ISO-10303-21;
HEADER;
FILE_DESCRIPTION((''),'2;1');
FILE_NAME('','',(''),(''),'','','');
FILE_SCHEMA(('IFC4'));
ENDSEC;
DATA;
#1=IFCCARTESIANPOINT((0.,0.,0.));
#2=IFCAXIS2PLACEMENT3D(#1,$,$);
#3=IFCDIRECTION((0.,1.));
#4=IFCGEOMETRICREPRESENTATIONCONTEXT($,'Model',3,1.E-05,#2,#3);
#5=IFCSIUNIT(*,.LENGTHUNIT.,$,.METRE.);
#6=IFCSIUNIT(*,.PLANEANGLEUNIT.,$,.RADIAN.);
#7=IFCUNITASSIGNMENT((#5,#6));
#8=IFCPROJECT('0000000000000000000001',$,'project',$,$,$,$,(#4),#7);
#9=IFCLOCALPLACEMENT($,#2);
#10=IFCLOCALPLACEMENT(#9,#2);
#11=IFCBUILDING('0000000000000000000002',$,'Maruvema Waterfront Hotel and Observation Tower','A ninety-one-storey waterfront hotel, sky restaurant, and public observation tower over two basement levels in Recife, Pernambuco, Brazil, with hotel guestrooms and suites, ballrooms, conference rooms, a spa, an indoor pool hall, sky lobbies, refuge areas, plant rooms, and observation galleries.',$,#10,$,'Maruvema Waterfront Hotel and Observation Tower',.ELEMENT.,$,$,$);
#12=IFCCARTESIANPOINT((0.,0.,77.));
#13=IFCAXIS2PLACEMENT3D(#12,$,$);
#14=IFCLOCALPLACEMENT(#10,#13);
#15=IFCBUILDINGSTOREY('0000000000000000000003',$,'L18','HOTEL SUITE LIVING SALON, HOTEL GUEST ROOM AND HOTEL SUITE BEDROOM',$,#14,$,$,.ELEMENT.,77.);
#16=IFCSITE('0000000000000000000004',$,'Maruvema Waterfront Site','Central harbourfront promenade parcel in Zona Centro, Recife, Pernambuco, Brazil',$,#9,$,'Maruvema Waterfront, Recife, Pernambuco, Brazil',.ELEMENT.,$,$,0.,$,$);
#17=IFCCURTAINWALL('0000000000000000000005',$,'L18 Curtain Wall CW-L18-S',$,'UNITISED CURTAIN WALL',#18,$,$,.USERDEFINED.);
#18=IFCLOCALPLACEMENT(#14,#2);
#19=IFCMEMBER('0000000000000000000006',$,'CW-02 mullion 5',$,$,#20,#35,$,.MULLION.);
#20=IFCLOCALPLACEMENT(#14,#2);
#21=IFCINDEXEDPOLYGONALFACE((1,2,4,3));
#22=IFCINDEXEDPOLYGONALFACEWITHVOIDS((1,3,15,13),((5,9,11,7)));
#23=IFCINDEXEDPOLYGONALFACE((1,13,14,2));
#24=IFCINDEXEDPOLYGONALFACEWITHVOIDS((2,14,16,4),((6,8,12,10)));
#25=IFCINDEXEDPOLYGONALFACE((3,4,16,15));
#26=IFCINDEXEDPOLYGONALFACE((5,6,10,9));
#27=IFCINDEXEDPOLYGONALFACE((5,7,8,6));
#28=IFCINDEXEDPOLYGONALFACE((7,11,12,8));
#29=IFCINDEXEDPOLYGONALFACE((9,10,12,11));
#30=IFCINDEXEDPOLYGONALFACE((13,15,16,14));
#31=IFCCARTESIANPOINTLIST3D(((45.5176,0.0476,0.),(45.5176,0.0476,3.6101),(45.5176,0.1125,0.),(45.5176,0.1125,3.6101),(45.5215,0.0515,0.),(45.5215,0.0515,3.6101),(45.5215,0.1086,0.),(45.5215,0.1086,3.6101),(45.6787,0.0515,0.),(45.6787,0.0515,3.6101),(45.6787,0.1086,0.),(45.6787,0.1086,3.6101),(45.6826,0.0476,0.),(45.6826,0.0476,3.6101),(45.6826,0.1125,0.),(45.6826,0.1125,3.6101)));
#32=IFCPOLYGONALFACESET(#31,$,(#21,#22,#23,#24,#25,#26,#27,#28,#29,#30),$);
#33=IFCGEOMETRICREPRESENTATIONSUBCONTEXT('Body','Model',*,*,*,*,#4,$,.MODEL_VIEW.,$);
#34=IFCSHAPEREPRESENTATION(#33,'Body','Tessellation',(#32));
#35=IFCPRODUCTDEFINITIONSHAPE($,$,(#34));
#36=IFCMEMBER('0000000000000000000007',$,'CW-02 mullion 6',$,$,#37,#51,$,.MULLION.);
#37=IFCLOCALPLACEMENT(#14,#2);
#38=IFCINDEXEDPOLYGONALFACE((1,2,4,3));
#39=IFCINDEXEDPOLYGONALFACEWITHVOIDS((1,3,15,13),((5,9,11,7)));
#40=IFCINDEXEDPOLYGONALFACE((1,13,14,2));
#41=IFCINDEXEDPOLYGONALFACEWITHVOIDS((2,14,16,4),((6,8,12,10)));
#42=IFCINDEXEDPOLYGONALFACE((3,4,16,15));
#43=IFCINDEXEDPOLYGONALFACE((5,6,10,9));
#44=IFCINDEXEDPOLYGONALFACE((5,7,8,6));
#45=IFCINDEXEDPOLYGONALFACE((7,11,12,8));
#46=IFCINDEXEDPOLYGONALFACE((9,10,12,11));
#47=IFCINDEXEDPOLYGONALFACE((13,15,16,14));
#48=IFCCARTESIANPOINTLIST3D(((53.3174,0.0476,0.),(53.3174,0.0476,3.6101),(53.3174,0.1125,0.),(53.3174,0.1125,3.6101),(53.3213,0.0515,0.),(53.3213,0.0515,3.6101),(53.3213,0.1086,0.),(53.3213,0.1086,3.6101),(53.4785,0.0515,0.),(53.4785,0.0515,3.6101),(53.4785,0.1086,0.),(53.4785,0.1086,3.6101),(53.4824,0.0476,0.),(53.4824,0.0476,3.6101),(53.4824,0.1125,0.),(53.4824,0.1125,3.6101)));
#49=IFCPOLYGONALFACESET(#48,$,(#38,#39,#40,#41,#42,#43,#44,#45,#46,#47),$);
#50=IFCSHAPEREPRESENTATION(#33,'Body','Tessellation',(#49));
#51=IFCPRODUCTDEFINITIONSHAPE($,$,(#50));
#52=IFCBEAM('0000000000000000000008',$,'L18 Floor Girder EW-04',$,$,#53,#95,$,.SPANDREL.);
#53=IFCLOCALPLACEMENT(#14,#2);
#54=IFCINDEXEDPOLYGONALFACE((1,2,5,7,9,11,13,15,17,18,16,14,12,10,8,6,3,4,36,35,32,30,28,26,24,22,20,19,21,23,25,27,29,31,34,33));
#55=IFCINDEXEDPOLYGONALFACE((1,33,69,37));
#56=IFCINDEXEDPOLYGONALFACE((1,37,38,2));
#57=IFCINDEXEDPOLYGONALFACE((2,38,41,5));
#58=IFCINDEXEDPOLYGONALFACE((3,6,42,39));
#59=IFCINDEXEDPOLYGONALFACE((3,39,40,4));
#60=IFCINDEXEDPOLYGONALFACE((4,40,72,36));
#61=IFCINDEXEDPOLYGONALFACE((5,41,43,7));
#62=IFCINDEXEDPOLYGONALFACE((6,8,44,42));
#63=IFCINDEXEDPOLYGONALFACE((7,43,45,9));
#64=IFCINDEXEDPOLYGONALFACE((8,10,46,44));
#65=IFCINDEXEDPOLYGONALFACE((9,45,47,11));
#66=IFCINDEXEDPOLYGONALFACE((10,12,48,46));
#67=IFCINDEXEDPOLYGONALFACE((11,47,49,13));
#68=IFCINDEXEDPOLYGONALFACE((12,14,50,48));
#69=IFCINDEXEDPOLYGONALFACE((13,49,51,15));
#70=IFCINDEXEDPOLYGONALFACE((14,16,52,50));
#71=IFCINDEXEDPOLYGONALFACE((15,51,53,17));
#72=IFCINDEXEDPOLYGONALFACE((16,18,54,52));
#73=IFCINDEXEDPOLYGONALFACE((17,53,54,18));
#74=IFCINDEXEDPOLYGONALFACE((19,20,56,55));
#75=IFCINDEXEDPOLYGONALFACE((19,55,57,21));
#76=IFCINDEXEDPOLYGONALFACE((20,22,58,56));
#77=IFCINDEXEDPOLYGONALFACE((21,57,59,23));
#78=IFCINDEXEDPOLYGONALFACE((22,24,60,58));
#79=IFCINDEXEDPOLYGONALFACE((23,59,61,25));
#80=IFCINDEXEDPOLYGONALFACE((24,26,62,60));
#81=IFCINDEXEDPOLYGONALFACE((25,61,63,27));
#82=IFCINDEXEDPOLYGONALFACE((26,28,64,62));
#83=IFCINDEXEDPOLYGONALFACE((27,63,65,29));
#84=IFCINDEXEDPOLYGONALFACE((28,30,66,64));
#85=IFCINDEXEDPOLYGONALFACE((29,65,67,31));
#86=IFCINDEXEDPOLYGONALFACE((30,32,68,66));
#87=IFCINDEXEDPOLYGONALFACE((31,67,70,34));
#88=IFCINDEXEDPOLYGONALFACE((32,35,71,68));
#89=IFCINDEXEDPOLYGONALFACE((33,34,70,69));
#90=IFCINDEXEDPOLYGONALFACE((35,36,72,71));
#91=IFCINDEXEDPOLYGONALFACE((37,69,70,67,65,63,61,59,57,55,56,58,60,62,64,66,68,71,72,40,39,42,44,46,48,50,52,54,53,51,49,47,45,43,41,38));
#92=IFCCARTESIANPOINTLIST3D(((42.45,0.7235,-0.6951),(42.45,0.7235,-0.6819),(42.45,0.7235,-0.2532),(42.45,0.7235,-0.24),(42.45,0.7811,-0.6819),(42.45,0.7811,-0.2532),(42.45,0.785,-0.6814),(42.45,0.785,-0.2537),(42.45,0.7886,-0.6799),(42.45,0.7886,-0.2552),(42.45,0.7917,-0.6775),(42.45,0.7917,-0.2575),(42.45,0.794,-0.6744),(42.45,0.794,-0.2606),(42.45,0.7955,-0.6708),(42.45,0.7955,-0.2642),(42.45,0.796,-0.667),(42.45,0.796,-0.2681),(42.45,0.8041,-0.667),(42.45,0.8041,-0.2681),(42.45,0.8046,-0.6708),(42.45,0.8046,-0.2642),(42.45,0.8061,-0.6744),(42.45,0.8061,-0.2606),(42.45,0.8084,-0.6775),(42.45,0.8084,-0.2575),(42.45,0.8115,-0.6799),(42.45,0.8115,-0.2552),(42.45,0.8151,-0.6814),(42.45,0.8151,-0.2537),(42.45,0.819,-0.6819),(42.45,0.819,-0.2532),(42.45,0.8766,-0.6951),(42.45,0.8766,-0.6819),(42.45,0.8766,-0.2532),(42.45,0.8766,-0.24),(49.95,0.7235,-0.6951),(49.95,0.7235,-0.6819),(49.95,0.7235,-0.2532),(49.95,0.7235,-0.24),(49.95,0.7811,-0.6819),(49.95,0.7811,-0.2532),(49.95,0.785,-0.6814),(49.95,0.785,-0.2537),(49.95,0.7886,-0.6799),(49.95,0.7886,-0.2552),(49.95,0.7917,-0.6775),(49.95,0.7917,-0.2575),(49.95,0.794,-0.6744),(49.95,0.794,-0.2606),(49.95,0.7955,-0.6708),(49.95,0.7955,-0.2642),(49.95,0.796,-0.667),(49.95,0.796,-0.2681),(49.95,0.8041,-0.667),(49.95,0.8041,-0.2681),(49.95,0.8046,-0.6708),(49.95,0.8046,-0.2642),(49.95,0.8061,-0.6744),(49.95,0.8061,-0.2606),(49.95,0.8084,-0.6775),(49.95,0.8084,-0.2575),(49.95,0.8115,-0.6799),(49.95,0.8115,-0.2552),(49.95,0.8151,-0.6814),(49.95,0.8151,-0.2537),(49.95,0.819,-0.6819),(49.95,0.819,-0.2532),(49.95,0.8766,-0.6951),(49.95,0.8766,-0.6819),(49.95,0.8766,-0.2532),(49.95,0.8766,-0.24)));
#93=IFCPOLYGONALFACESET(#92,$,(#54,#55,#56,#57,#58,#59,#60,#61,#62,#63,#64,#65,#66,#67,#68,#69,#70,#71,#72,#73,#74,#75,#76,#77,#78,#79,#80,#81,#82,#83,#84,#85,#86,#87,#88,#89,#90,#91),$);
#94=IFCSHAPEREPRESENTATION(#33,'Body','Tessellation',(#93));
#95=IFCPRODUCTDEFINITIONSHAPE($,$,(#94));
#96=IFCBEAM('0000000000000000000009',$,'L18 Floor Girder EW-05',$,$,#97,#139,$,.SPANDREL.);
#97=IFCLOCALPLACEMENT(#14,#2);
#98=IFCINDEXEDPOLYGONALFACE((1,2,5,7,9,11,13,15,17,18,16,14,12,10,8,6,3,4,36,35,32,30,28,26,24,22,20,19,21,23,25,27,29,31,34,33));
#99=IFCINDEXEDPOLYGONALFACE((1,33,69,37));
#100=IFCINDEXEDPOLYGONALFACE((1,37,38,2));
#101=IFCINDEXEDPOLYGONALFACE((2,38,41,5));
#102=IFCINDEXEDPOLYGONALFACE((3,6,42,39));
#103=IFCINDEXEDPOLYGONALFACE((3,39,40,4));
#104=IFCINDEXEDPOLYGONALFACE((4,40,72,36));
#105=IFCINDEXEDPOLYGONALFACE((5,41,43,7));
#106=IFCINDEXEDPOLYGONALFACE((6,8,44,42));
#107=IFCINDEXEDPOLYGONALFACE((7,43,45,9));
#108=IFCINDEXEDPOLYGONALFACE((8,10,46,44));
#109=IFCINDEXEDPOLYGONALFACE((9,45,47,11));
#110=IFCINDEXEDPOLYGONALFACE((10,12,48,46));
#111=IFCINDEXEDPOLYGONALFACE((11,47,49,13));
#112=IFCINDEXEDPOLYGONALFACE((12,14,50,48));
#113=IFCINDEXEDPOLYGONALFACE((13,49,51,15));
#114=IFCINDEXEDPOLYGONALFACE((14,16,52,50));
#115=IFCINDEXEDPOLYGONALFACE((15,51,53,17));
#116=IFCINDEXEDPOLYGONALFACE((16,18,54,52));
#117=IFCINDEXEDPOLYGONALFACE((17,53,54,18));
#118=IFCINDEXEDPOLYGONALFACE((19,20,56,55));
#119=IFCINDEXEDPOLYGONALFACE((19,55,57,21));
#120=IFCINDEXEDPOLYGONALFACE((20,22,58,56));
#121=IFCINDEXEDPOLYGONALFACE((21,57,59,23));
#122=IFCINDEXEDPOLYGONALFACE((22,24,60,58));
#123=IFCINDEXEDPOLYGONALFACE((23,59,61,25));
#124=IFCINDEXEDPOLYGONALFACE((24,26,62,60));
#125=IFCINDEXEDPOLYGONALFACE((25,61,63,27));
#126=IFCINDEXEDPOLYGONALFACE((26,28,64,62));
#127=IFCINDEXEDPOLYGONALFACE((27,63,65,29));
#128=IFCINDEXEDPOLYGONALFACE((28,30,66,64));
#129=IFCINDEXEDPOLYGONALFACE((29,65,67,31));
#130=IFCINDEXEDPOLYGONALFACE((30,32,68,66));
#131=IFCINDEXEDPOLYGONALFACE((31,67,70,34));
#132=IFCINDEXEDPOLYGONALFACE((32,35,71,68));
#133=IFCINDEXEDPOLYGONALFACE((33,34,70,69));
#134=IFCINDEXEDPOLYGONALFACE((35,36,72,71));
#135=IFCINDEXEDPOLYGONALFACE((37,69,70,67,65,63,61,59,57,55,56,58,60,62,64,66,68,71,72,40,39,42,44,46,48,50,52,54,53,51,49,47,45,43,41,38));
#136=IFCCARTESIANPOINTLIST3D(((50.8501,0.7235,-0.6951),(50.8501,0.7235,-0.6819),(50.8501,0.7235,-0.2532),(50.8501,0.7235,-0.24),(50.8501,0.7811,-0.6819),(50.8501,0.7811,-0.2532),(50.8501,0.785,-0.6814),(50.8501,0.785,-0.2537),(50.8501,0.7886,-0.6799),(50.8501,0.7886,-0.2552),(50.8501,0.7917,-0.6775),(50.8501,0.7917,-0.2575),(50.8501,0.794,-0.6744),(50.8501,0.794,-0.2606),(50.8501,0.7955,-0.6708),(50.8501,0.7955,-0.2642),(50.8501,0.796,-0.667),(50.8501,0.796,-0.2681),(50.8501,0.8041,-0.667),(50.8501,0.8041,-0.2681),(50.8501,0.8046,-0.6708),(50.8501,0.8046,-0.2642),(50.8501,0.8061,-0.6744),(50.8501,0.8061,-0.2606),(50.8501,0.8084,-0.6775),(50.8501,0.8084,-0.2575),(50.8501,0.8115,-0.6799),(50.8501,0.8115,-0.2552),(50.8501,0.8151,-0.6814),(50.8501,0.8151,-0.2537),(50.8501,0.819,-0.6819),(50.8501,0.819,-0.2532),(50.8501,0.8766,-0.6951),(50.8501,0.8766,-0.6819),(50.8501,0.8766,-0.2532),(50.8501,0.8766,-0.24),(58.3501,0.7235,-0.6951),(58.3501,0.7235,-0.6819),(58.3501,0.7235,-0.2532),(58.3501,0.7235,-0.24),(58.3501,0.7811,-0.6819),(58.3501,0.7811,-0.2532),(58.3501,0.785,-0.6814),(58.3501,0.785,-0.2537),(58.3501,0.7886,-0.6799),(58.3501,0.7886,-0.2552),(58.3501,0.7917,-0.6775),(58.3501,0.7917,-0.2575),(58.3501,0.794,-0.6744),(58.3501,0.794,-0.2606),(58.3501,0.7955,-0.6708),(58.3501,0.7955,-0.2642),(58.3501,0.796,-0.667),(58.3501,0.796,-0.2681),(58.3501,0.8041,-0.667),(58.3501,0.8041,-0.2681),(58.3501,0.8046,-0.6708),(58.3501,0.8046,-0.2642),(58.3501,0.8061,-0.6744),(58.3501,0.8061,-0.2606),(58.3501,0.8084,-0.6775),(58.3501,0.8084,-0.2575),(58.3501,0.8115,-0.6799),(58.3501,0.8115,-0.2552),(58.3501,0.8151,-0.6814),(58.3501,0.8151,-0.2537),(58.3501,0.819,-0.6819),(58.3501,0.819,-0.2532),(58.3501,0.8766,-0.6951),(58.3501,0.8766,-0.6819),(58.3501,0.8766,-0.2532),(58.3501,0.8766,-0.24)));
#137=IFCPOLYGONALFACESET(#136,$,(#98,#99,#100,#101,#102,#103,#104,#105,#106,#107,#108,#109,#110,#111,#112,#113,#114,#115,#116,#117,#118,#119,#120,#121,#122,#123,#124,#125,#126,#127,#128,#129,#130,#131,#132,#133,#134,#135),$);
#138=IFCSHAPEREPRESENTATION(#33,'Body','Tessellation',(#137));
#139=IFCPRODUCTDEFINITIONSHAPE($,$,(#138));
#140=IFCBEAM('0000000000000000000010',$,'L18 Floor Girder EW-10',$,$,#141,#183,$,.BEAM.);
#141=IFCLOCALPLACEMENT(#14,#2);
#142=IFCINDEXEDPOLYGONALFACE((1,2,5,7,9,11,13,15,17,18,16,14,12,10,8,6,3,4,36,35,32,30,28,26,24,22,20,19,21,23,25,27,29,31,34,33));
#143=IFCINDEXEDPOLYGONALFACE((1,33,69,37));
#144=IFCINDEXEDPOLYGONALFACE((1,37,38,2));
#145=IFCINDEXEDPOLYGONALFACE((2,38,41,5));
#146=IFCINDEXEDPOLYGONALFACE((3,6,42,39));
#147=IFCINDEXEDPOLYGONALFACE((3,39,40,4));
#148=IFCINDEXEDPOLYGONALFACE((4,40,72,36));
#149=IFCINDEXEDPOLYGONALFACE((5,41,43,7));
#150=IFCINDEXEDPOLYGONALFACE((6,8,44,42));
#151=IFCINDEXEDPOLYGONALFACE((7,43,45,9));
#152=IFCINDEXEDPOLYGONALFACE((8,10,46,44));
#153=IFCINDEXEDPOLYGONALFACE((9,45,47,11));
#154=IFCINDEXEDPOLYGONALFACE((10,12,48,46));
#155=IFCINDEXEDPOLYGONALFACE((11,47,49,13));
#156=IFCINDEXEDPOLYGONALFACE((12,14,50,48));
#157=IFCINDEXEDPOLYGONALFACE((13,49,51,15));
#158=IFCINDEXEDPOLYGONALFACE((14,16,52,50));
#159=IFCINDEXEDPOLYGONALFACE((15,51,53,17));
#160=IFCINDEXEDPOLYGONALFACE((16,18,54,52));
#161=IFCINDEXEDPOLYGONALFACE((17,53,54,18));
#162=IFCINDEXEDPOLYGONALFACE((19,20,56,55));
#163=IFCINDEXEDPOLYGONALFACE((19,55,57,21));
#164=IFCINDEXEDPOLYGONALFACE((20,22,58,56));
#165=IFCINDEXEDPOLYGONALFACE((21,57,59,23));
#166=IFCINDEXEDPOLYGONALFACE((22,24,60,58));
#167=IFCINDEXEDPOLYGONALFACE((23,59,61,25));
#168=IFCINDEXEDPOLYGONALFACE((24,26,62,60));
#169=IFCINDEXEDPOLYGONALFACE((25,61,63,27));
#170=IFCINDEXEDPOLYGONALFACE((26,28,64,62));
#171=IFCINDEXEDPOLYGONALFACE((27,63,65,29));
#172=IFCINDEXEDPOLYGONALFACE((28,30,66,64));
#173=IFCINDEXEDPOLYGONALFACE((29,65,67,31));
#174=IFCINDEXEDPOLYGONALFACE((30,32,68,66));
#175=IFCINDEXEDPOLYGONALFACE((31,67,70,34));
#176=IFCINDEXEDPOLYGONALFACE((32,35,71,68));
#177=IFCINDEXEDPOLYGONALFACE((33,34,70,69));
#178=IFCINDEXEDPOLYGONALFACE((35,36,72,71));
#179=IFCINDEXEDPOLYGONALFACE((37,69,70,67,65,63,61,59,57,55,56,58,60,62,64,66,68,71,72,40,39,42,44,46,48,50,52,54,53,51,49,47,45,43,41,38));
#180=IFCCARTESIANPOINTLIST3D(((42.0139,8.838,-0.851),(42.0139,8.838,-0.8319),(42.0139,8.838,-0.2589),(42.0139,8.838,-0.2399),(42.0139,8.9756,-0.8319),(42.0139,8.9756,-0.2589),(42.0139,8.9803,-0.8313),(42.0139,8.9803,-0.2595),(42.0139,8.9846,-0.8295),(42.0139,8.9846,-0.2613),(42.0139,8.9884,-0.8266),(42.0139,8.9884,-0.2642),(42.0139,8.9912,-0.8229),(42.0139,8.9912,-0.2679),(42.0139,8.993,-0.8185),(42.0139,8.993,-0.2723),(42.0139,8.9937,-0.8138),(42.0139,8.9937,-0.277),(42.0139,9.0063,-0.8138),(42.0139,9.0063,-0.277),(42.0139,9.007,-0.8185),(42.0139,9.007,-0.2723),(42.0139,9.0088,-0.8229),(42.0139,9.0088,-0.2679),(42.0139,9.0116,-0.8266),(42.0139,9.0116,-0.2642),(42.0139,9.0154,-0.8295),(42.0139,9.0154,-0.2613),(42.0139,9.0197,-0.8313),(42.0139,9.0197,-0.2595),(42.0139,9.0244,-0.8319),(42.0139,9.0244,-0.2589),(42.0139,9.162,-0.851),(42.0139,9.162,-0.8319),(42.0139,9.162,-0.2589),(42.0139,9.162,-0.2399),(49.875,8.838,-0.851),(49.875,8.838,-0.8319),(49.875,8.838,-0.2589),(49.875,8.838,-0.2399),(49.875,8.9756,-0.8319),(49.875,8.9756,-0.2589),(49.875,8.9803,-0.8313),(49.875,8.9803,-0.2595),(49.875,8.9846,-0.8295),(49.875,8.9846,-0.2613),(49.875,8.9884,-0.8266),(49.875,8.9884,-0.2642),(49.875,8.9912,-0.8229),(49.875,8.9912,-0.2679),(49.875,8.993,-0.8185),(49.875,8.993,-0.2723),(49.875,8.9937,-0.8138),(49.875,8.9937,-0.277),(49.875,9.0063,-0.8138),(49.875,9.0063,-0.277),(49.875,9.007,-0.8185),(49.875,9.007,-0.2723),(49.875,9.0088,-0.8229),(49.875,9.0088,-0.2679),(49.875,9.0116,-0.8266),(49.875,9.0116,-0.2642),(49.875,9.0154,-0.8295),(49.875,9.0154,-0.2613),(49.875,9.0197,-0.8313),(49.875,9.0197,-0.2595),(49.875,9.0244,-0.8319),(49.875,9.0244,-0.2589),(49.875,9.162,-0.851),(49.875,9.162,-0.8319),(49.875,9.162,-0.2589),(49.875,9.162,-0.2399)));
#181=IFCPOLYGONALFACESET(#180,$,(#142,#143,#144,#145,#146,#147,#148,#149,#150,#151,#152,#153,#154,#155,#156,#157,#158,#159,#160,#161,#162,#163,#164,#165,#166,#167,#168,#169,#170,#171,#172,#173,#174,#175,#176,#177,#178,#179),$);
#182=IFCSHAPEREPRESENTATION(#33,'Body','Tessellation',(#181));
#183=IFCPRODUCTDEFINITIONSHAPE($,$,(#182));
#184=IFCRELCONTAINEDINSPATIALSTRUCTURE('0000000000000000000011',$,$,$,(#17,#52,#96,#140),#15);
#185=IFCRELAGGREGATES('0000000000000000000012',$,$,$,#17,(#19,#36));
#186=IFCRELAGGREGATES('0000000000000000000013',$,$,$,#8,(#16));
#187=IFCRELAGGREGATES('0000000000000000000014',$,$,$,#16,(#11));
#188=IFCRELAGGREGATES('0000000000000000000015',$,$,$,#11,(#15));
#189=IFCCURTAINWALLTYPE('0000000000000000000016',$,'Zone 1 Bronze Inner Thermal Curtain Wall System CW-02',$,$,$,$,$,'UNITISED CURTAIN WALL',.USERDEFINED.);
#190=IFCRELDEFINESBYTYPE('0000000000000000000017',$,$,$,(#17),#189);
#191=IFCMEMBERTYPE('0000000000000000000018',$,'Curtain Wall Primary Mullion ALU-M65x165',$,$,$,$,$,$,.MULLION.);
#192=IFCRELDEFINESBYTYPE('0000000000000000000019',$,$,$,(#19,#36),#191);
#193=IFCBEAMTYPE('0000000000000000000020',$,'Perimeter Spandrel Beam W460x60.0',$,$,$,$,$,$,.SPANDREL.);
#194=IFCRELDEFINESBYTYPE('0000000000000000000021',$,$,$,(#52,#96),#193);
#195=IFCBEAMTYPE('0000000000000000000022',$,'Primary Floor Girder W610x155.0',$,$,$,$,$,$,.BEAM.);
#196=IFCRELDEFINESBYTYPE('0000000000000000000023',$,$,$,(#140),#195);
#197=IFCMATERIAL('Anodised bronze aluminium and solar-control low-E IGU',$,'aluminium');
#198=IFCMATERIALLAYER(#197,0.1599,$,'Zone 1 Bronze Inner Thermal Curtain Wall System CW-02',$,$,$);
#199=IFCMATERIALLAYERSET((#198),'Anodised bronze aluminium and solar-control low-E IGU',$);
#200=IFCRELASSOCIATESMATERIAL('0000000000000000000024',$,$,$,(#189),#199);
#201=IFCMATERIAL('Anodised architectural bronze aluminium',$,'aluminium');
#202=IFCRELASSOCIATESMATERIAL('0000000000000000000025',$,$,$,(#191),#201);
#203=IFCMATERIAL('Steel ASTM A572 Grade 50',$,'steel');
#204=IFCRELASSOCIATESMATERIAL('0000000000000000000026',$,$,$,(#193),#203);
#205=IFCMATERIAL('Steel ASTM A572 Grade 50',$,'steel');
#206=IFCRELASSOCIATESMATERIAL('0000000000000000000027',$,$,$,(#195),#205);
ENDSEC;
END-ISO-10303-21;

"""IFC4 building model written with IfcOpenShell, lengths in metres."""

from ifc_helpers import new_model, si_unit, direction, frame, origin, origin_2d, place, context, subcontext, project, spatial, hollow_rectangle, i_section, extrude, material, layer, layer_set, material_profile, profile_set, type_object, element, aggregate, save


model = new_model("IFC4")

# Units and contexts
model_context = context("Model", 3, precision=1e-05, world=origin(), true_north=direction((0.0, 1.0)))
body_context = subcontext(model_context, "Body", "Model", "MODEL_VIEW")
ifc_project = project(units=[si_unit("LENGTHUNIT", "METRE"), si_unit("PLANEANGLEUNIT", "RADIAN")], contexts=[model_context])

# Site, building, storey
site_placement = place(None, origin())
site = spatial("IfcSite", under=ifc_project, at=site_placement, Name="Maruvema Waterfront Site", Description="Central harbourfront promenade parcel in Zona Centro, Recife, Pernambuco, Brazil", LongName="Maruvema Waterfront, Recife, Pernambuco, Brazil", CompositionType="ELEMENT", RefElevation=0.0)
building_placement = place(site_placement, origin())
building = spatial("IfcBuilding", under=site, at=building_placement, Name="Maruvema Waterfront Hotel and Observation Tower", Description="A ninety-one-storey waterfront hotel, sky restaurant, and public observation tower over two basement levels in Recife, Pernambuco, Brazil, with hotel guestrooms and suites, ballrooms, conference rooms, a spa, an indoor pool hall, sky lobbies, refuge areas, plant rooms, and observation galleries.", LongName="Maruvema Waterfront Hotel and Observation Tower", CompositionType="ELEMENT")
storey_placement = place(building_placement, frame((0.0, 0.0, 77.0)))
storey = spatial("IfcBuildingStorey", under=building, at=storey_placement, Name="L18", Description="HOTEL SUITE LIVING SALON, HOTEL GUEST ROOM AND HOTEL SUITE BEDROOM", CompositionType="ELEMENT", Elevation=77.0)

# Curtain wall, members
ifc_material_1 = material(Name="Anodised bronze aluminium and solar-control low-E IGU", Category="aluminium")
ifc_layer_1 = layer(ifc_material_1, 0.1599, Name="Zone 1 Bronze Inner Thermal Curtain Wall System CW-02")
ifc_layer_set_1 = layer_set([ifc_layer_1], Name="Anodised bronze aluminium and solar-control low-E IGU")
curtain_wall_type = type_object("IfcCurtainWallType", Name="Zone 1 Bronze Inner Thermal Curtain Wall System CW-02", ElementType="UNITISED CURTAIN WALL", PredefinedType="USERDEFINED", material=ifc_layer_set_1)
curtain_wall_placement = place(storey_placement, origin())
curtain_wall = element("IfcCurtainWall", 1, at=curtain_wall_placement, inside=storey, type_object=curtain_wall_type, Name="L18 Curtain Wall CW-L18-S", ObjectType="UNITISED CURTAIN WALL", PredefinedType="USERDEFINED")
ifc_material_2 = material(Name="Anodised architectural bronze aluminium", Category="aluminium")
ifc_material_profile_1 = material_profile(ifc_material_2, hollow_rectangle(XDim=0.0649, YDim=0.165, WallThickness=0.0039, at=origin_2d()), Name="ALU-M65x165")
ifc_profile_set_1 = profile_set([ifc_material_profile_1], Name="Anodised architectural bronze aluminium")
member_type_1 = type_object("IfcMemberType", Name="Curtain Wall Primary Mullion ALU-M65x165", PredefinedType="MULLION", material=ifc_profile_set_1)
member_1_placement = place(storey_placement, frame((45.6001, 0.0801, 0.0), z_axis=(0.0, 0.0, 1.0), x_axis=(0.0, 1.0, 0.0)))
member_1 = element("IfcMember", 2, at=member_1_placement, type_object=member_type_1, Name="CW-02 mullion 5", PredefinedType="MULLION", context=body_context, shape_type="SweptSolid", body=[
    extrude(hollow_rectangle(XDim=0.0649, YDim=0.165, WallThickness=0.0039, at=origin_2d()), origin(), (0.0, 0.0, 1.0), 3.6101),
])
member_2_placement = place(storey_placement, frame((53.3999, 0.0801, 0.0), z_axis=(0.0, 0.0, 1.0), x_axis=(0.0, 1.0, 0.0)))
member_2 = element("IfcMember", 3, at=member_2_placement, type_object=member_type_1, Name="CW-02 mullion 6", PredefinedType="MULLION", context=body_context, shape_type="SweptSolid", body=[
    extrude(hollow_rectangle(XDim=0.0649, YDim=0.165, WallThickness=0.0039, at=origin_2d()), origin(), (0.0, 0.0, 1.0), 3.6101),
])

# Beams
ifc_material_3 = material(Name="Steel ASTM A572 Grade 50", Category="steel")
ifc_material_profile_2 = material_profile(ifc_material_3, i_section(OverallWidth=0.1531, OverallDepth=0.4551, WebThickness=0.0081, FlangeThickness=0.0132, FilletRadius=0.0149, at=origin_2d()), Name="W460x60.0")
ifc_profile_set_2 = profile_set([ifc_material_profile_2], Name="Steel ASTM A572 Grade 50")
beam_type_1 = type_object("IfcBeamType", Name="Perimeter Spandrel Beam W460x60.0", PredefinedType="SPANDREL", material=ifc_profile_set_2)
for number, where, z_axis, x_axis, name in (
    (4, (42.45, 0.8, -0.4675), (1.0, 0.0, 0.0), (0.0, 1.0, 0.0), "L18 Floor Girder EW-04"),
    (5, (50.8501, 0.8, -0.4675), (1.0, 0.0, 0.0), (0.0, 1.0, 0.0), "L18 Floor Girder EW-05"),
):
    element("IfcBeam", number, at=place(storey_placement, frame(where, z_axis=z_axis, x_axis=x_axis)), inside=storey, type_object=beam_type_1, Name=name, PredefinedType="SPANDREL", context=body_context, shape_type="SweptSolid", body=[
        extrude(i_section(OverallWidth=0.1531, OverallDepth=0.4551, WebThickness=0.0081, FlangeThickness=0.0132, FilletRadius=0.0149, at=origin_2d()), origin(), (0.0, 0.0, 1.0), 7.5),
    ])
ifc_material_4 = material(Name="Steel ASTM A572 Grade 50", Category="steel")
ifc_material_profile_3 = material_profile(ifc_material_4, i_section(OverallWidth=0.324, OverallDepth=0.6111, WebThickness=0.0127, FlangeThickness=0.019, FilletRadius=0.0181, at=origin_2d()), Name="W610x155.0")
ifc_profile_set_3 = profile_set([ifc_material_profile_3], Name="Steel ASTM A572 Grade 50")
beam_type_2 = type_object("IfcBeamType", Name="Primary Floor Girder W610x155.0", PredefinedType="BEAM", material=ifc_profile_set_3)
beam_1_placement = place(storey_placement, frame((42.0139, 9.0, -0.5454), z_axis=(1.0, 0.0, 0.0), x_axis=(0.0, 1.0, 0.0)))
element("IfcBeam", 6, at=beam_1_placement, inside=storey, type_object=beam_type_2, Name="L18 Floor Girder EW-10", PredefinedType="BEAM", context=body_context, shape_type="SweptSolid", body=[
    extrude(i_section(OverallWidth=0.324, OverallDepth=0.6111, WebThickness=0.0127, FlangeThickness=0.019, FilletRadius=0.0181, at=origin_2d()), origin(), (0.0, 0.0, 1.0), 7.8611),
])

aggregate(curtain_wall, [member_1, member_2])

save(model, "model.ifc")
